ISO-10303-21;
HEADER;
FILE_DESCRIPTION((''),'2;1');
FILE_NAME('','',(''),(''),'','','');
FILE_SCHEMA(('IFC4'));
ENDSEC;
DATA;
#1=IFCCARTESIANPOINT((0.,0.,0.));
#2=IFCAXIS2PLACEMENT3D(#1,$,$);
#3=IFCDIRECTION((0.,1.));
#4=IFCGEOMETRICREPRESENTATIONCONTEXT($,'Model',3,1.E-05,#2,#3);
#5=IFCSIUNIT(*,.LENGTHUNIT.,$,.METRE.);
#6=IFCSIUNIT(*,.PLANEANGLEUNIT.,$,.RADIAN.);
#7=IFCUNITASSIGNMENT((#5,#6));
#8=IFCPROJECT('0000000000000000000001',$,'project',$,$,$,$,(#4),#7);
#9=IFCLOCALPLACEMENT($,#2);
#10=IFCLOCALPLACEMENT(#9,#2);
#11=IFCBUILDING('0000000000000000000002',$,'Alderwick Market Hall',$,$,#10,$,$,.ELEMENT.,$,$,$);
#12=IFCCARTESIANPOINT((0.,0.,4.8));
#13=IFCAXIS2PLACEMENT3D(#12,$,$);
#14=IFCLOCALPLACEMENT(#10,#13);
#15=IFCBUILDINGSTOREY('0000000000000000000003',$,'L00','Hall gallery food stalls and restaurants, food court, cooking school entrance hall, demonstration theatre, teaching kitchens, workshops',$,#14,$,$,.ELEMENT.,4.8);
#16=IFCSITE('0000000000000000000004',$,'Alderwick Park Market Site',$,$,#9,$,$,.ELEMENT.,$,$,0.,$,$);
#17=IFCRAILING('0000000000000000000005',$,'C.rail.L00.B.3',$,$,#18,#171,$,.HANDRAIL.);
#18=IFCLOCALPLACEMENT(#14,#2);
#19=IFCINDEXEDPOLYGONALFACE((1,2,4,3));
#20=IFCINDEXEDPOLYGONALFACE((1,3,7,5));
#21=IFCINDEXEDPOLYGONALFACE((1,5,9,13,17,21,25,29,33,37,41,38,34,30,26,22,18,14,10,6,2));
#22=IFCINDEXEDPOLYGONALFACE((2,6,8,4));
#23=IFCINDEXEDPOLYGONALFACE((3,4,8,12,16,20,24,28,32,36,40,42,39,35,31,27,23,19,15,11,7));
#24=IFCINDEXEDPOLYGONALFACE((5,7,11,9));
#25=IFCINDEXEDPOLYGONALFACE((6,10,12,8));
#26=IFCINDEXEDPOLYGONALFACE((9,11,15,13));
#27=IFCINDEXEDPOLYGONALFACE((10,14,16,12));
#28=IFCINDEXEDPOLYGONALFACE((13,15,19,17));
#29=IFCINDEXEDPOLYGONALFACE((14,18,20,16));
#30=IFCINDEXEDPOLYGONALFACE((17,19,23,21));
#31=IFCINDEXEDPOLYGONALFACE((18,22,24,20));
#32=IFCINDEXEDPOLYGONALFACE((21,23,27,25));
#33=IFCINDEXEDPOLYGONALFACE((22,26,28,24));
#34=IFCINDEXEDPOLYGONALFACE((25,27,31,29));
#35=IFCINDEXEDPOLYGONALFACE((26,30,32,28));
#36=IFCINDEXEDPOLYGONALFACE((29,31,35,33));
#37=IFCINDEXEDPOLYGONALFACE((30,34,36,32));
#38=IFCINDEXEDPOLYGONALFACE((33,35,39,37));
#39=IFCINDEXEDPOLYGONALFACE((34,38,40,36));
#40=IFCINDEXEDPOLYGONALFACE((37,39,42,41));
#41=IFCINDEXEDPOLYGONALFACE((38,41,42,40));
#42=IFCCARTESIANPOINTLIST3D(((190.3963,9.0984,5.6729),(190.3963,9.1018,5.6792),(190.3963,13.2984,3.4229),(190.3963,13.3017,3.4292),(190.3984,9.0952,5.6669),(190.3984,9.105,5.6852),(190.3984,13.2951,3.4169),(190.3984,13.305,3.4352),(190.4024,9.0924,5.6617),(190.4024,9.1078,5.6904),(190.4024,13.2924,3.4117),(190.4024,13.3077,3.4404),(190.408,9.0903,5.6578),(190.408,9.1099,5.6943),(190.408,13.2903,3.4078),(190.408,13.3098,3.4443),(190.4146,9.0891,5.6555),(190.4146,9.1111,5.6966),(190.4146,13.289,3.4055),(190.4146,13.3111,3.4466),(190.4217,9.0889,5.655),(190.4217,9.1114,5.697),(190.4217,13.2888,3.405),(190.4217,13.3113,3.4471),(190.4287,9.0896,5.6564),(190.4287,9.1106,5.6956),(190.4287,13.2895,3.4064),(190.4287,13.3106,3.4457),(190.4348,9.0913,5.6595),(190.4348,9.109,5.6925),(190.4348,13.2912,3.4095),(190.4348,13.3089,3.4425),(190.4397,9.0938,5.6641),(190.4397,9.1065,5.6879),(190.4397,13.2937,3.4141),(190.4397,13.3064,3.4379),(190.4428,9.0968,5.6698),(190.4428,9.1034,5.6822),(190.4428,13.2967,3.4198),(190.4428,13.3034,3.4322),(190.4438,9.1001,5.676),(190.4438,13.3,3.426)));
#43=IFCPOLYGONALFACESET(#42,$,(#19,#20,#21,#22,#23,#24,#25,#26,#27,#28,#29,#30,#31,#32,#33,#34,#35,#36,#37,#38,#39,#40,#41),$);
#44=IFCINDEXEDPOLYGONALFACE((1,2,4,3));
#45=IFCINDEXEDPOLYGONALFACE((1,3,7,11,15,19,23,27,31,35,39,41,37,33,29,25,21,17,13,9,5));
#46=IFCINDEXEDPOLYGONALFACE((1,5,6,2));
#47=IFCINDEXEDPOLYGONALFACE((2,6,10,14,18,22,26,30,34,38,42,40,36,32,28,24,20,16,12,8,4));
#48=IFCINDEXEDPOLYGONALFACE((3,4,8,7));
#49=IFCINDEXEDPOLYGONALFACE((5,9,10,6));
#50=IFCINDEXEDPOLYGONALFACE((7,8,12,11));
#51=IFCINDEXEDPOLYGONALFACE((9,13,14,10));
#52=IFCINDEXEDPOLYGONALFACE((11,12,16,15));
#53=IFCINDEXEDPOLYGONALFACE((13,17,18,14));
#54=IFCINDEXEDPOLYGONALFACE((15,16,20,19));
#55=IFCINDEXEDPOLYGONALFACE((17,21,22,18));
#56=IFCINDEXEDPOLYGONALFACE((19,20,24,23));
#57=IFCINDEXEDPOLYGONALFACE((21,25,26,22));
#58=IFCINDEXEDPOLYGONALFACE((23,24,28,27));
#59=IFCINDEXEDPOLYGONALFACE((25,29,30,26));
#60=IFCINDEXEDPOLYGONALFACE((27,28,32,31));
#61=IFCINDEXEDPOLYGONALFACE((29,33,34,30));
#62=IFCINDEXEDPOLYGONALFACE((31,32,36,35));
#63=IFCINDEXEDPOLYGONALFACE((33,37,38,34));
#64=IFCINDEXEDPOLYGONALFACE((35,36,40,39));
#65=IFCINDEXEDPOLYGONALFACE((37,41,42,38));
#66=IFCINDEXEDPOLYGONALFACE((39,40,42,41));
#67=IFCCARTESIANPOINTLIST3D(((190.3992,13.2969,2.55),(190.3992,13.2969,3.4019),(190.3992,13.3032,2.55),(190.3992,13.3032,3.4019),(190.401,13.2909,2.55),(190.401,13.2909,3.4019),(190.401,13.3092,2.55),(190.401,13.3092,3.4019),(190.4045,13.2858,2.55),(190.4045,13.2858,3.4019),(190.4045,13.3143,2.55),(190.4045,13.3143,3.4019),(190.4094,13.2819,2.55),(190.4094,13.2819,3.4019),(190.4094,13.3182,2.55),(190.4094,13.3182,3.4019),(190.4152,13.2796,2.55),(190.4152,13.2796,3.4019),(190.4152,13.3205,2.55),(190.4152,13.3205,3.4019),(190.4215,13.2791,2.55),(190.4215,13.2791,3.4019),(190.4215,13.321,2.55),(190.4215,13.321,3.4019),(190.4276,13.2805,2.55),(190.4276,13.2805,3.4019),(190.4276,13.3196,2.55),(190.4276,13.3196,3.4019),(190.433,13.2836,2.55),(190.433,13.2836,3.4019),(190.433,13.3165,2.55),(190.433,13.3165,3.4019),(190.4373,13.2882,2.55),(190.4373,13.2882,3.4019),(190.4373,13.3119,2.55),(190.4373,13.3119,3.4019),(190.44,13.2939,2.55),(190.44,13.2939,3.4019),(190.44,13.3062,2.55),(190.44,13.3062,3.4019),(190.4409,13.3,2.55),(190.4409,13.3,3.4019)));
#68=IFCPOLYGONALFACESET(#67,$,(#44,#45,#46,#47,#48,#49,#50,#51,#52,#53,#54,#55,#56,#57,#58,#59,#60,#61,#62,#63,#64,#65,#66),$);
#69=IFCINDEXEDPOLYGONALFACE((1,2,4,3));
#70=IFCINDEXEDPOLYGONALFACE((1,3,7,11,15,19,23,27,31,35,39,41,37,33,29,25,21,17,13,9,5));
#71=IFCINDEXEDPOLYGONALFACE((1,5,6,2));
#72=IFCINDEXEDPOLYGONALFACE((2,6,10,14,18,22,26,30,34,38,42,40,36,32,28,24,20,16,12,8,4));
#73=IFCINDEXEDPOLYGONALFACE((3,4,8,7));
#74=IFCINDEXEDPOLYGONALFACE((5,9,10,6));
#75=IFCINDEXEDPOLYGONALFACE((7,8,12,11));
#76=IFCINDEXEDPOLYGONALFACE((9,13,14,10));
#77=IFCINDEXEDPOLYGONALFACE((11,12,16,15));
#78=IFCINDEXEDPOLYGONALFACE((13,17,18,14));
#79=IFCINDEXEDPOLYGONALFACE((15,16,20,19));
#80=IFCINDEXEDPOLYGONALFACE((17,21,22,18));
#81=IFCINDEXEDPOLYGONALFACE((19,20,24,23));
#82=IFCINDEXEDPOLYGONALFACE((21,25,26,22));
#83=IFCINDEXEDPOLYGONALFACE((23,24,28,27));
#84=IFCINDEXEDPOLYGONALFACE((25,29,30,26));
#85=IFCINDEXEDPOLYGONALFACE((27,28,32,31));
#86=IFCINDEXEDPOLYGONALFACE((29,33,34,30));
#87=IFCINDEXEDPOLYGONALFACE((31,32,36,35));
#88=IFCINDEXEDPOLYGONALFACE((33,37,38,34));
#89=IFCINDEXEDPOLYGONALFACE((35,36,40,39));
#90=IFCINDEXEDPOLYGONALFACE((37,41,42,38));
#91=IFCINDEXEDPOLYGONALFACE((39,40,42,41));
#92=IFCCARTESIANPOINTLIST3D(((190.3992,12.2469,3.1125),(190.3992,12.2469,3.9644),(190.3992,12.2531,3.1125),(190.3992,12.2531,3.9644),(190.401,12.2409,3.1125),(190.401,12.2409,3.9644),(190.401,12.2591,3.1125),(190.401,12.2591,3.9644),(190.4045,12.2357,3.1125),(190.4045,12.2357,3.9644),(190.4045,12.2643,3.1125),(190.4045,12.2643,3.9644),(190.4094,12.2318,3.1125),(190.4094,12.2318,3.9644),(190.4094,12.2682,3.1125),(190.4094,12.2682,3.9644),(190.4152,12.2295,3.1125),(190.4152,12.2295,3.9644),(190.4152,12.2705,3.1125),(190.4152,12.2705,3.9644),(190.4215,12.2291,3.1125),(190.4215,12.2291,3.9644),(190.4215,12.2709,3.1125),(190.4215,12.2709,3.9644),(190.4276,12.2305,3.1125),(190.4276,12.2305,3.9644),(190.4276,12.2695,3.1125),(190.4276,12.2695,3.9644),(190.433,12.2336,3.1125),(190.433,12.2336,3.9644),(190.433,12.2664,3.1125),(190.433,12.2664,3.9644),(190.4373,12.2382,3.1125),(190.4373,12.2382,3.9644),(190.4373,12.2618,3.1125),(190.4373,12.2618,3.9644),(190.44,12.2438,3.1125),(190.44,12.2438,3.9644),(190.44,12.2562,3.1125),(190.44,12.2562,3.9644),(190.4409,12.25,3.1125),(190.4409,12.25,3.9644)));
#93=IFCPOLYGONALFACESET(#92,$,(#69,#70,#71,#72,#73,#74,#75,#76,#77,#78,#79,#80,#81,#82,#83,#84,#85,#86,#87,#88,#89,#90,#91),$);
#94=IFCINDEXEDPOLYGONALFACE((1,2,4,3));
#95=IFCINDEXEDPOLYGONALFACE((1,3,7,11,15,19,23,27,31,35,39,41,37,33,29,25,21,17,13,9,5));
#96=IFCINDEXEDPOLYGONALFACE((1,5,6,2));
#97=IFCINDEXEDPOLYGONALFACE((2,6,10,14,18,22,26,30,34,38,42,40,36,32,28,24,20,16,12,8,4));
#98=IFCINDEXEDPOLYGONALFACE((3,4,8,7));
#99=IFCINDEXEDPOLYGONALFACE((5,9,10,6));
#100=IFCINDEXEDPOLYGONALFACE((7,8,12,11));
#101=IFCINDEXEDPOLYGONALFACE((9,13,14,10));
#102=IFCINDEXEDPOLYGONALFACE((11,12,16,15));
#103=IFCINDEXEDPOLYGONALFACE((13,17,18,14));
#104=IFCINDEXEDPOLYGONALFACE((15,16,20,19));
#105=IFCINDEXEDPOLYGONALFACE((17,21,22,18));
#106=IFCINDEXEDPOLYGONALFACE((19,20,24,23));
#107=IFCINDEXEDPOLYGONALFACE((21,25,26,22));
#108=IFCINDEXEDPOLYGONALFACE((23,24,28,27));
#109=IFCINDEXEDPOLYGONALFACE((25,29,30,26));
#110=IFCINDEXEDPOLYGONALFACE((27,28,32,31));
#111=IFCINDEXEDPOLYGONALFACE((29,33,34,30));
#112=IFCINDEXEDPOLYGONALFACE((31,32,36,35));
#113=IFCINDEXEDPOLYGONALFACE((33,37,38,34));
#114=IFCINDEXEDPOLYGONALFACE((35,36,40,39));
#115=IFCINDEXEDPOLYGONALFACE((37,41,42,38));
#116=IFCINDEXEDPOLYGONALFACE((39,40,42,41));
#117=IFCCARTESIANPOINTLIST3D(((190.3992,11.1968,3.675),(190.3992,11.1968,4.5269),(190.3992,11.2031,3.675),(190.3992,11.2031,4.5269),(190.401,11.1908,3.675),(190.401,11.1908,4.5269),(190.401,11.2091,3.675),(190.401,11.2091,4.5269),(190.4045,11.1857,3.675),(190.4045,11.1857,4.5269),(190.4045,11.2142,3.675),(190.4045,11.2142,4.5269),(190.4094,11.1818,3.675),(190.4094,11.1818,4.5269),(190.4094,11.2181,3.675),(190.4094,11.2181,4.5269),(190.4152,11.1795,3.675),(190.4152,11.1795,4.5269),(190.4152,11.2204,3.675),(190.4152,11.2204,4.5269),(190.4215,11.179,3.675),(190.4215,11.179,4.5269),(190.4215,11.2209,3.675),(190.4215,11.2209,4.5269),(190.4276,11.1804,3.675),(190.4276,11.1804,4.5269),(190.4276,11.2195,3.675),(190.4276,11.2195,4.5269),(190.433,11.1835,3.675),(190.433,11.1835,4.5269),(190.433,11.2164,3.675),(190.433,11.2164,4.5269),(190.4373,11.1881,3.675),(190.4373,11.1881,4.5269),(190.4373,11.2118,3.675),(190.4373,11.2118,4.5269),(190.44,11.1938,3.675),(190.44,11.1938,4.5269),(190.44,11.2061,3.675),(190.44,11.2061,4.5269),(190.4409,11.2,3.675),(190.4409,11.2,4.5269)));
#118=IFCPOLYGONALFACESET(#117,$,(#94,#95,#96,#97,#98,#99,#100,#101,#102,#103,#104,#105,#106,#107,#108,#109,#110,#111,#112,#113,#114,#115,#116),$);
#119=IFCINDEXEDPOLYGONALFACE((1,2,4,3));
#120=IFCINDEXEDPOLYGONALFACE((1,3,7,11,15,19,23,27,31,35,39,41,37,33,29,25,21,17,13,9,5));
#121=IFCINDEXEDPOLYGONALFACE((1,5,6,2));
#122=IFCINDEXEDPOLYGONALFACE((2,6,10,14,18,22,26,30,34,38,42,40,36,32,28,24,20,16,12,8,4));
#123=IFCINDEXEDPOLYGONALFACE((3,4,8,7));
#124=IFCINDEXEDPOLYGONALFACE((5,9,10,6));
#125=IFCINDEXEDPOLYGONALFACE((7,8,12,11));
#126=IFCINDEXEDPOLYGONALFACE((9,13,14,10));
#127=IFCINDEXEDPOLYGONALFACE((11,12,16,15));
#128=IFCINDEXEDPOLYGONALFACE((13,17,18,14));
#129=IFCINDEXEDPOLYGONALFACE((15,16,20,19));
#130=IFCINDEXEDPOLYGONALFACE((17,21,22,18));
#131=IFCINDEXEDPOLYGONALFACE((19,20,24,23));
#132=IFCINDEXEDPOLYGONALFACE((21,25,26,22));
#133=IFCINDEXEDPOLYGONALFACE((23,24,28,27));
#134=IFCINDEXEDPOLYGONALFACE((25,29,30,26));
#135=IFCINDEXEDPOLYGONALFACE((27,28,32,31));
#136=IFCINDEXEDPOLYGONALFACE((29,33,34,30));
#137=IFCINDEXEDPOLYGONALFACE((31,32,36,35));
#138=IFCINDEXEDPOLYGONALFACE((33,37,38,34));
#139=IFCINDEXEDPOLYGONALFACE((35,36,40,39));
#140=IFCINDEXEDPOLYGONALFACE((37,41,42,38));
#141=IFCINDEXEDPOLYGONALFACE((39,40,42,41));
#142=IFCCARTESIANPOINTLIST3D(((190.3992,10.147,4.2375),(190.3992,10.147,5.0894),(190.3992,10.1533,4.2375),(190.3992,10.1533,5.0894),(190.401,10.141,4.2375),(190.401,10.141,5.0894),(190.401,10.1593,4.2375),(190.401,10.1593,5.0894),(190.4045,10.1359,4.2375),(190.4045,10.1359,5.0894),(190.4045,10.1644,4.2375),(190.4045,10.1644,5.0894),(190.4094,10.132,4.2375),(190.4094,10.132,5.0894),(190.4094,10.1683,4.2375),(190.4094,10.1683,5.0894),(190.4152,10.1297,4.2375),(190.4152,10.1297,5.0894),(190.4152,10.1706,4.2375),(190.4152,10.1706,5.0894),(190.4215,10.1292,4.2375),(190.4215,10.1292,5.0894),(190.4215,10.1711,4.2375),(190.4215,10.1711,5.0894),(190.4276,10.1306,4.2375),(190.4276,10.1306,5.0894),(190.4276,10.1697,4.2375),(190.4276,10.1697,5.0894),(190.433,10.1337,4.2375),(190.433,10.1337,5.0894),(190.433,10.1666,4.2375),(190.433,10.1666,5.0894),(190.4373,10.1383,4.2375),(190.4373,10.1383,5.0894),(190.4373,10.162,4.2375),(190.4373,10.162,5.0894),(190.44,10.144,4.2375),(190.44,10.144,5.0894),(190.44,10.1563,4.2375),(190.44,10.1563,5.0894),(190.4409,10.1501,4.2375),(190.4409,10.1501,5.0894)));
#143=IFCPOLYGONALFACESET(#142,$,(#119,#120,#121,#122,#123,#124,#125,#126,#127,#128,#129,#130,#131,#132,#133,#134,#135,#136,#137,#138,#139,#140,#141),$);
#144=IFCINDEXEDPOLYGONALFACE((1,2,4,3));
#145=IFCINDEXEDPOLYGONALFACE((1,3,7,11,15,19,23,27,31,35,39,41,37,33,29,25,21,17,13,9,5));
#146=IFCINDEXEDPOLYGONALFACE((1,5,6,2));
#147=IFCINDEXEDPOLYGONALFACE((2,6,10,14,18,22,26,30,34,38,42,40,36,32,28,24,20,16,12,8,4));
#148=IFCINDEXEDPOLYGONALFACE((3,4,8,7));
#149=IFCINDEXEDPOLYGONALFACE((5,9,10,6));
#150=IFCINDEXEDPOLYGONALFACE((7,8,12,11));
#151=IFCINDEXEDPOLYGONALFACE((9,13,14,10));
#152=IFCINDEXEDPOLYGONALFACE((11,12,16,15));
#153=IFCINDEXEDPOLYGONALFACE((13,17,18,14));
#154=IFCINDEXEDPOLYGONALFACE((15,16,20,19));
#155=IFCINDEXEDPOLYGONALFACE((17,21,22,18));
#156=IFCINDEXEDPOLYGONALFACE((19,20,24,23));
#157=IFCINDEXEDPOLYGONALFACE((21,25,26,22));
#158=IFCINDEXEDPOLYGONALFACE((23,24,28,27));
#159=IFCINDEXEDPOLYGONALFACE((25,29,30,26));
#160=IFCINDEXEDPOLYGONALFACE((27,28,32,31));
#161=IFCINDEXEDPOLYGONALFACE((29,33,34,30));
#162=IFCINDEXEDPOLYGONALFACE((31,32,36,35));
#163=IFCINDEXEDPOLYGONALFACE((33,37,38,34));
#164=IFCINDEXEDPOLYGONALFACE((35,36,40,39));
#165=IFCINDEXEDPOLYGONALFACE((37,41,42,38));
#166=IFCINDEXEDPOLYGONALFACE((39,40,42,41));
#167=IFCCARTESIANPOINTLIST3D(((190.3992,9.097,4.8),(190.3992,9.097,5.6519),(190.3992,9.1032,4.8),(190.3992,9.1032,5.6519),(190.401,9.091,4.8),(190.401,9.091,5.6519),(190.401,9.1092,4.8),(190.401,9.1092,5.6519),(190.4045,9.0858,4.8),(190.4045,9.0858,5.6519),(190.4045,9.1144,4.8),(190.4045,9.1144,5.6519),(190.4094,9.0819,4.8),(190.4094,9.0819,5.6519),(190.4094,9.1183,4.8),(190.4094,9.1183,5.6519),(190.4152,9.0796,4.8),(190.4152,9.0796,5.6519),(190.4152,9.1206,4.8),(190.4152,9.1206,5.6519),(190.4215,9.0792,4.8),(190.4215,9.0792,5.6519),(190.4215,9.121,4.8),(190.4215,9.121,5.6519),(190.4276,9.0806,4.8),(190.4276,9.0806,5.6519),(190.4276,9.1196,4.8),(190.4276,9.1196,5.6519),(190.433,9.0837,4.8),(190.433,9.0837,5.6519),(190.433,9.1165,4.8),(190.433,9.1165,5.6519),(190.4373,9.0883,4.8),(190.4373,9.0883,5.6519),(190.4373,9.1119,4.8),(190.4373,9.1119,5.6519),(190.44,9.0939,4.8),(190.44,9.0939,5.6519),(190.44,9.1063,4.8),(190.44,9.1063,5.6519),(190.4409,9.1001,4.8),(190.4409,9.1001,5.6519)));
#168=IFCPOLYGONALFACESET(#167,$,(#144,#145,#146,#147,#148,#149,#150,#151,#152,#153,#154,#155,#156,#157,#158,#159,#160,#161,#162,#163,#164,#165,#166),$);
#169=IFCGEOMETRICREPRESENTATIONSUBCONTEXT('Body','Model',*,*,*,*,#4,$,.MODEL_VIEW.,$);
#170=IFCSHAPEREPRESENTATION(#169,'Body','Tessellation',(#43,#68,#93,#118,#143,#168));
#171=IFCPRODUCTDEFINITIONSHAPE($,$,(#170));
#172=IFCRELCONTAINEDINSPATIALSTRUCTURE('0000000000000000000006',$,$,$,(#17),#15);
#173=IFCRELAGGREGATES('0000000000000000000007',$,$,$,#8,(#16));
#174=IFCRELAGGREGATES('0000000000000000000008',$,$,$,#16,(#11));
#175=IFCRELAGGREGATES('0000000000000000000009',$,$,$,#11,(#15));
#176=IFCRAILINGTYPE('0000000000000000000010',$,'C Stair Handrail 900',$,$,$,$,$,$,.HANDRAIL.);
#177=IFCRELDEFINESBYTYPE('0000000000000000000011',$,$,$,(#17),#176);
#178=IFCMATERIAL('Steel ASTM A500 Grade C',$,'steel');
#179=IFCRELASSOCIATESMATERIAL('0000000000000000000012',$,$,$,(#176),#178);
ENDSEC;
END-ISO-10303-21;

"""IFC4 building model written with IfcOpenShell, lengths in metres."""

from ifc_helpers import new_model, si_unit, direction, frame, origin, origin_2d, place, context, subcontext, project, spatial, circle, extrude, material, type_object, element, save


model = new_model("IFC4")

# Units and contexts
model_context = context("Model", 3, precision=1e-05, world=origin(), true_north=direction((0.0, 1.0)))
body_context = subcontext(model_context, "Body", "Model", "MODEL_VIEW")
ifc_project = project(units=[si_unit("LENGTHUNIT", "METRE"), si_unit("PLANEANGLEUNIT", "RADIAN")], contexts=[model_context])

# Site, building, storey
site_placement = place(None, origin())
site = spatial("IfcSite", under=ifc_project, at=site_placement, Name="Alderwick Park Market Site", CompositionType="ELEMENT", RefElevation=0.0)
building_placement = place(site_placement, origin())
building = spatial("IfcBuilding", under=site, at=building_placement, Name="Alderwick Market Hall", CompositionType="ELEMENT")
storey_placement = place(building_placement, frame((0.0, 0.0, 4.8)))
storey = spatial("IfcBuildingStorey", under=building, at=storey_placement, Name="L00", Description="Hall gallery food stalls and restaurants, food court, cooking school entrance hall, demonstration theatre, teaching kitchens, workshops", CompositionType="ELEMENT", Elevation=4.8)

# Railing
ifc_material_1 = material(Name="Steel ASTM A500 Grade C", Category="steel")
railing_type = type_object("IfcRailingType", Name="C Stair Handrail 900", PredefinedType="HANDRAIL", material=ifc_material_1)
for number, where, name in (
    (1, (190.4199, 13.3, 2.55), "C.rail.L00.B.3"),
):
    element("IfcRailing", number, at=place(storey_placement, frame(where)), inside=storey, type_object=railing_type, Name=name, PredefinedType="HANDRAIL", context=body_context, shape_type="SweptSolid", body=[
        extrude(circle(Radius=0.0239, at=origin_2d()), frame((0.0, 0.0, 0.876), z_axis=(0.0, -0.881478, 0.472226), x_axis=(1.0, 0.0, 0.0)), (0.0, 0.0, 1.0), 4.7646),
        extrude(circle(Radius=0.021, at=origin_2d()), origin(), (0.0, 0.0, 1.0), 0.8518),
        extrude(circle(Radius=0.021, at=origin_2d()), frame((0.0, -1.05, 0.5625)), (0.0, 0.0, 1.0), 0.8518),
        extrude(circle(Radius=0.021, at=origin_2d()), frame((0.0, -2.1001, 1.125)), (0.0, 0.0, 1.0), 0.8518),
        extrude(circle(Radius=0.021, at=origin_2d()), frame((0.0, -3.1499, 1.6875)), (0.0, 0.0, 1.0), 0.8518),
        extrude(circle(Radius=0.021, at=origin_2d()), frame((0.0, -4.2, 2.25)), (0.0, 0.0, 1.0), 0.8518),
    ])

save(model, "model.ifc")
